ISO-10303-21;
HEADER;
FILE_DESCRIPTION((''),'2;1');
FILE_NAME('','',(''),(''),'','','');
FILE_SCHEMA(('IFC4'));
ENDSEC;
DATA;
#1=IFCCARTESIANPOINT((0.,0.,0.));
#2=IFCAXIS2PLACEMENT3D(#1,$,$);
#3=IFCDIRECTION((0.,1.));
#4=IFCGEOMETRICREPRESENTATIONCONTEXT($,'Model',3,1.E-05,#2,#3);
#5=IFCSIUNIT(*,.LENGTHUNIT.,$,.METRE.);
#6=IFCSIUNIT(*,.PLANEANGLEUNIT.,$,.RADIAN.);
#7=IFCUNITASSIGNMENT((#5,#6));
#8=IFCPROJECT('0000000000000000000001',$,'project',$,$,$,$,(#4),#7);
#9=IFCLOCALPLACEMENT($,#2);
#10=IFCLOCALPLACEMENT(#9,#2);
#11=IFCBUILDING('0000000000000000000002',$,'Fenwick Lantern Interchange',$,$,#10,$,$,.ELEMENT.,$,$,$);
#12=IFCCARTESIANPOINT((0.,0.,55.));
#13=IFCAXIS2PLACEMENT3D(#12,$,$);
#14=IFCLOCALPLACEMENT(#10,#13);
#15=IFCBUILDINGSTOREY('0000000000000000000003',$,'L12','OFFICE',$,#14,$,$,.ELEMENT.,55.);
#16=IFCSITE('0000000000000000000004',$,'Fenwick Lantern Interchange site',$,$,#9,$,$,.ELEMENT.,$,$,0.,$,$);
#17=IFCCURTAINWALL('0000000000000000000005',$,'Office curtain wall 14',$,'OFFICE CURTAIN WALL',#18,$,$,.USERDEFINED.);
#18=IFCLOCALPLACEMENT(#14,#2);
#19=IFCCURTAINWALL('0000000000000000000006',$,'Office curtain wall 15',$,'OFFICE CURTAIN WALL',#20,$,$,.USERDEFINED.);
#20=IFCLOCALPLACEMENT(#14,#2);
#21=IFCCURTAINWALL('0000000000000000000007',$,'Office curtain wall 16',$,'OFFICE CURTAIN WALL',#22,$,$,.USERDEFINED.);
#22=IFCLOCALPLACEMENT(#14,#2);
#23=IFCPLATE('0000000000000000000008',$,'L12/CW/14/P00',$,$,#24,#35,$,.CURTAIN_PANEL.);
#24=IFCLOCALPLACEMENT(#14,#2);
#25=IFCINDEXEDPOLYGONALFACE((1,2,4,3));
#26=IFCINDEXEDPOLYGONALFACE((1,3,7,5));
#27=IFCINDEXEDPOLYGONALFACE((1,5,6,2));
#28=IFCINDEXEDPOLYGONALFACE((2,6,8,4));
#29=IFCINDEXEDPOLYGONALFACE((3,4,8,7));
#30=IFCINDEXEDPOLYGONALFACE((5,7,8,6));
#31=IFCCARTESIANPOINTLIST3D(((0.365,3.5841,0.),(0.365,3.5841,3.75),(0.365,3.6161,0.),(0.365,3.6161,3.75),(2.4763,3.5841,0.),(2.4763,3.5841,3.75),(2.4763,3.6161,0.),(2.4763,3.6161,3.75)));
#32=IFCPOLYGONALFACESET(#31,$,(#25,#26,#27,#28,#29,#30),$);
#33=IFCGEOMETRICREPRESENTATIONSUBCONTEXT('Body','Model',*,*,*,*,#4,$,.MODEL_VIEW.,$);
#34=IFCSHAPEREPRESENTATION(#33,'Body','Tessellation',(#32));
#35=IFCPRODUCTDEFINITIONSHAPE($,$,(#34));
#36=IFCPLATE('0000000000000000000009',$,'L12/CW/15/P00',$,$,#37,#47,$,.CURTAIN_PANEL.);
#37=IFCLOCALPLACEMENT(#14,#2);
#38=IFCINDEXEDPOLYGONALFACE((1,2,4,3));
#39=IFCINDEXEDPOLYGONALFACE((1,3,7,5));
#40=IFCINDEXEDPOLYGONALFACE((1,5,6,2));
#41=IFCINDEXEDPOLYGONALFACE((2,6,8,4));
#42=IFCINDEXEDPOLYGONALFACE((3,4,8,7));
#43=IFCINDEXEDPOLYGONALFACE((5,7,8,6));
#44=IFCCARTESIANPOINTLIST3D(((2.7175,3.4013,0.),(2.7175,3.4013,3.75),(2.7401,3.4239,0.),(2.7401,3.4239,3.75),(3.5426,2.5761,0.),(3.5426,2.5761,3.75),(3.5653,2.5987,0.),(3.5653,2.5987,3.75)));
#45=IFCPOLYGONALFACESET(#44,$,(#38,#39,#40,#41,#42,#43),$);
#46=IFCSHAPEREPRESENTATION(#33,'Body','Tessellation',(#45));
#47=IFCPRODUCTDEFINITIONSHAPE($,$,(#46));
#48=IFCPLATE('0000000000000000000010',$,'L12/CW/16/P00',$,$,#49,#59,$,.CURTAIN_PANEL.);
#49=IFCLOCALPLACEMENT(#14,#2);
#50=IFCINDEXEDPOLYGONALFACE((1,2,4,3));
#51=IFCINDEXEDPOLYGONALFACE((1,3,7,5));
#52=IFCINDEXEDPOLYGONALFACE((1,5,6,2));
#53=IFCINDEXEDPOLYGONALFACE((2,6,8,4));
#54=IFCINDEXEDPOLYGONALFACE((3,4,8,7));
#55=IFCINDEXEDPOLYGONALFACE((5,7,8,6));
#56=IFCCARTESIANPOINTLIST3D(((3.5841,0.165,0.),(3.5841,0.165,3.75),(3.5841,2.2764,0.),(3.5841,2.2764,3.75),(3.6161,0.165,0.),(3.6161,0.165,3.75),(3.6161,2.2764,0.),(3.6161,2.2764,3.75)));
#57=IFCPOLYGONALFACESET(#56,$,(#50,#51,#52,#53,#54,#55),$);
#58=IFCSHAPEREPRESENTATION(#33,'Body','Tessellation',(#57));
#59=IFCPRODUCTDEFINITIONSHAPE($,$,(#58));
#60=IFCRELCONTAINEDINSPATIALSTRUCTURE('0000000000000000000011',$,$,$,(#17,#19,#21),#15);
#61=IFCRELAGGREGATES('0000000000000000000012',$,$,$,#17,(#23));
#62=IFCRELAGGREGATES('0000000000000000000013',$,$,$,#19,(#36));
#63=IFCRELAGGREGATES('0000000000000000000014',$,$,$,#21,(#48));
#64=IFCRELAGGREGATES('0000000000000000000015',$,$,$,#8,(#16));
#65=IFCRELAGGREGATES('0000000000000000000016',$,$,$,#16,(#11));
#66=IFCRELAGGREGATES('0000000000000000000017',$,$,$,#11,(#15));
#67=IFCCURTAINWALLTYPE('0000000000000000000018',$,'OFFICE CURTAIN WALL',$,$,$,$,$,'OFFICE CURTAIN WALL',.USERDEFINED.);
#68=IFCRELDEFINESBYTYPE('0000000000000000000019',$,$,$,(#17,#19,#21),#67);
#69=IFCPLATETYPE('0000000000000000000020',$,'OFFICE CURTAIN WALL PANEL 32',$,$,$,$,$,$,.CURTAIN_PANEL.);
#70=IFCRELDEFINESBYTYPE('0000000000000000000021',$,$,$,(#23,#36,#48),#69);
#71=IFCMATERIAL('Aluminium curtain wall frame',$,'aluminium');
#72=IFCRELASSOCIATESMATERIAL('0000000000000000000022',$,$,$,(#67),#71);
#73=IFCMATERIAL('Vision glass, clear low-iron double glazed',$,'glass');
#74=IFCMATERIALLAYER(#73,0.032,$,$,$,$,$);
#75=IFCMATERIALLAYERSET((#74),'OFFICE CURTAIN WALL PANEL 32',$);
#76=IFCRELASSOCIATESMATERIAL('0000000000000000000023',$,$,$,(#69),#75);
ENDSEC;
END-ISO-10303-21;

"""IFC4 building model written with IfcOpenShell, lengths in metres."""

from ifc_helpers import new_model, si_unit, direction, frame, origin, origin_2d, place, context, subcontext, project, spatial, rectangle, extrude, material, layer, layer_set, type_object, element, aggregate, save


model = new_model("IFC4")

# Units and contexts
model_context = context("Model", 3, precision=1e-05, world=origin(), true_north=direction((0.0, 1.0)))
body_context = subcontext(model_context, "Body", "Model", "MODEL_VIEW")
ifc_project = project(units=[si_unit("LENGTHUNIT", "METRE"), si_unit("PLANEANGLEUNIT", "RADIAN")], contexts=[model_context])

# Site, building, storey
site_placement = place(None, origin())
site = spatial("IfcSite", under=ifc_project, at=site_placement, Name="Fenwick Lantern Interchange site", CompositionType="ELEMENT", RefElevation=0.0)
building_placement = place(site_placement, origin())
building = spatial("IfcBuilding", under=site, at=building_placement, Name="Fenwick Lantern Interchange", CompositionType="ELEMENT")
storey_placement = place(building_placement, frame((0.0, 0.0, 55.0)))
storey = spatial("IfcBuildingStorey", under=building, at=storey_placement, Name="L12", Description="OFFICE", CompositionType="ELEMENT", Elevation=55.0)

# Curtain walls
ifc_material_1 = material(Name="Aluminium curtain wall frame", Category="aluminium")
curtain_wall_type = type_object("IfcCurtainWallType", Name="OFFICE CURTAIN WALL", ElementType="OFFICE CURTAIN WALL", PredefinedType="USERDEFINED", material=ifc_material_1)
curtain_wall_1_placement = place(storey_placement, origin())
curtain_wall_1 = element("IfcCurtainWall", 1, at=curtain_wall_1_placement, inside=storey, type_object=curtain_wall_type, Name="Office curtain wall 14", ObjectType="OFFICE CURTAIN WALL", PredefinedType="USERDEFINED")
curtain_wall_2_placement = place(storey_placement, origin())
curtain_wall_2 = element("IfcCurtainWall", 2, at=curtain_wall_2_placement, inside=storey, type_object=curtain_wall_type, Name="Office curtain wall 15", ObjectType="OFFICE CURTAIN WALL", PredefinedType="USERDEFINED")
curtain_wall_3_placement = place(storey_placement, origin())
curtain_wall_3 = element("IfcCurtainWall", 3, at=curtain_wall_3_placement, inside=storey, type_object=curtain_wall_type, Name="Office curtain wall 16", ObjectType="OFFICE CURTAIN WALL", PredefinedType="USERDEFINED")

# Shared definitions
ifc_material_2 = material(Name="Vision glass, clear low-iron double glazed", Category="glass")
ifc_layer_1 = layer(ifc_material_2, 0.032)
ifc_layer_set_1 = layer_set([ifc_layer_1], Name="OFFICE CURTAIN WALL PANEL 32")
plate_type = type_object("IfcPlateType", Name="OFFICE CURTAIN WALL PANEL 32", PredefinedType="CURTAIN_PANEL", material=ifc_layer_set_1)

# Plates
plate_1_placement = place(storey_placement, frame((1.4207, 3.6001, 0.0), z_axis=(0.0, 0.0, 1.0), x_axis=(1.0, 0.0, 0.0)))
plate_1 = element("IfcPlate", 4, at=plate_1_placement, type_object=plate_type, Name="L12/CW/14/P00", PredefinedType="CURTAIN_PANEL", context=body_context, shape_type="SweptSolid", body=[
    extrude(rectangle(XDim=2.1113, YDim=0.032, at=origin_2d()), origin(), (0.0, 0.0, 1.0), 3.75),
])
aggregate(curtain_wall_1, [plate_1])
plate_2_placement = place(storey_placement, frame((3.1414, 3.0, 0.0), z_axis=(0.0, 0.0, 1.0), x_axis=(0.707107, -0.707107, 0.0)))
plate_2 = element("IfcPlate", 5, at=plate_2_placement, type_object=plate_type, Name="L12/CW/15/P00", PredefinedType="CURTAIN_PANEL", context=body_context, shape_type="SweptSolid", body=[
    extrude(rectangle(XDim=1.167, YDim=0.032, at=origin_2d()), origin(), (0.0, 0.0, 1.0), 3.75),
])
aggregate(curtain_wall_2, [plate_2])
plate_3_placement = place(storey_placement, frame((3.6001, 1.2207, 0.0), z_axis=(0.0, 0.0, 1.0), x_axis=(0.0, -1.0, 0.0)))
plate_3 = element("IfcPlate", 6, at=plate_3_placement, type_object=plate_type, Name="L12/CW/16/P00", PredefinedType="CURTAIN_PANEL", context=body_context, shape_type="SweptSolid", body=[
    extrude(rectangle(XDim=2.1113, YDim=0.032, at=origin_2d()), origin(), (0.0, 0.0, 1.0), 3.75),
])
aggregate(curtain_wall_3, [plate_3])

save(model, "model.ifc")
